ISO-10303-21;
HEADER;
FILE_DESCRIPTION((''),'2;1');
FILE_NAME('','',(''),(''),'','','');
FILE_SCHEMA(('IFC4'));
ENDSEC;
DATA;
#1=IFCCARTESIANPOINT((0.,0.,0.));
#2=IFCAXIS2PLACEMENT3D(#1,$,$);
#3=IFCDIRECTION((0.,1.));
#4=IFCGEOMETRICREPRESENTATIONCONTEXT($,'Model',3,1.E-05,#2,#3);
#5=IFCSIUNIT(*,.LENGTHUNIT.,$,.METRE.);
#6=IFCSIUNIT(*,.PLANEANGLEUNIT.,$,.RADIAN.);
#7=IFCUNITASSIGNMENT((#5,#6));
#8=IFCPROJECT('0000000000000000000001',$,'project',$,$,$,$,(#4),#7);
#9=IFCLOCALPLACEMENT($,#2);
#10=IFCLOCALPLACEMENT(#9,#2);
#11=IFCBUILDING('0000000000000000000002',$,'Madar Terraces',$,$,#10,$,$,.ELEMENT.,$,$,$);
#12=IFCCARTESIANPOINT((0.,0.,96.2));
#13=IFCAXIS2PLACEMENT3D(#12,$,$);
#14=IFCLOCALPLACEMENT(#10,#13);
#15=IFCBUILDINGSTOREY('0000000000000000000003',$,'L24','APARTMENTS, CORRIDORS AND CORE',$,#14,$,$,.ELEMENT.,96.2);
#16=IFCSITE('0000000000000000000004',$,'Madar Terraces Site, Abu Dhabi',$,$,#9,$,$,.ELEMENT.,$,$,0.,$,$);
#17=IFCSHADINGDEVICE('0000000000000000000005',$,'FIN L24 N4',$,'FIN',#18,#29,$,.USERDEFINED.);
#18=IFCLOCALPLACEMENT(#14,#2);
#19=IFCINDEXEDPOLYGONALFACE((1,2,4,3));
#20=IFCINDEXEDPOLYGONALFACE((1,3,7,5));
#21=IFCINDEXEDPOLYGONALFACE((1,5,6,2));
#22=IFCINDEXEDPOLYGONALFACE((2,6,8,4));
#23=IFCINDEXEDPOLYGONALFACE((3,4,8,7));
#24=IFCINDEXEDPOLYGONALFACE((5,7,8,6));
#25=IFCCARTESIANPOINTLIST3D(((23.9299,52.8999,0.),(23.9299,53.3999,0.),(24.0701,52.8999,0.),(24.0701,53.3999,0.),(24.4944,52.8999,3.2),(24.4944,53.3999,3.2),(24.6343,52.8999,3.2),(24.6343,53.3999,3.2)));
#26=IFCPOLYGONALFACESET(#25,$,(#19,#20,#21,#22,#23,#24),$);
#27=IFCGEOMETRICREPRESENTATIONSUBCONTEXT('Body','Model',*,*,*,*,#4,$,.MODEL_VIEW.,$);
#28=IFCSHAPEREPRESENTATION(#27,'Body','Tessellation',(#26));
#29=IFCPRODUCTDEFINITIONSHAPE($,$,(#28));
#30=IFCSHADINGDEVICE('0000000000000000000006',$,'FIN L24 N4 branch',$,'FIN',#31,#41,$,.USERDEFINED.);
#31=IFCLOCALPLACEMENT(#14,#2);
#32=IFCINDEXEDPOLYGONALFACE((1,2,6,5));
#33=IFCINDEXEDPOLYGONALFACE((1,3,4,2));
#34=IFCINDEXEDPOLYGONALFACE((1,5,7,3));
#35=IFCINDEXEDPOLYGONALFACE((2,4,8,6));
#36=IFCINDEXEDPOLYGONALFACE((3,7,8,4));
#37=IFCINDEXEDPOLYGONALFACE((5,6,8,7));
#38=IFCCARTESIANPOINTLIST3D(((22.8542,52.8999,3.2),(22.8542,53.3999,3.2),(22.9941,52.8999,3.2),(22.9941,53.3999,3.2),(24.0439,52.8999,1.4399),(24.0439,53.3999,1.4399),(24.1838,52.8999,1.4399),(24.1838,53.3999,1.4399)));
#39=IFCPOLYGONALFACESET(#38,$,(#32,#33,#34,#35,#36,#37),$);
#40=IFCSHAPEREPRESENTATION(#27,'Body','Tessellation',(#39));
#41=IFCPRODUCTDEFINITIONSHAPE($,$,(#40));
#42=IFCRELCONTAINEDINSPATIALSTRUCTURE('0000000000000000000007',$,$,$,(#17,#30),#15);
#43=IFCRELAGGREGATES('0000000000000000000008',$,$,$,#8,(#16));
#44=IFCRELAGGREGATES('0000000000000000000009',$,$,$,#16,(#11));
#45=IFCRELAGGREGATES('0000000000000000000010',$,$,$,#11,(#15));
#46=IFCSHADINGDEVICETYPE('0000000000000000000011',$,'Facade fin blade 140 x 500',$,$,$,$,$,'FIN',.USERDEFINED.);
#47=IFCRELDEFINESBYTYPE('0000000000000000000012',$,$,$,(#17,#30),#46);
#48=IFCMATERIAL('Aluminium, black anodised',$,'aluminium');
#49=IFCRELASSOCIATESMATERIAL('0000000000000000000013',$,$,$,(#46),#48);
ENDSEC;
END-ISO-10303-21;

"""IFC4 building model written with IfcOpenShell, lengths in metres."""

from ifc_helpers import new_model, si_unit, direction, frame, origin, place, context, subcontext, project, spatial, polyline, outline, extrude, material, type_object, element, save


model = new_model("IFC4")

# Units and contexts
model_context = context("Model", 3, precision=1e-05, world=origin(), true_north=direction((0.0, 1.0)))
body_context = subcontext(model_context, "Body", "Model", "MODEL_VIEW")
ifc_project = project(units=[si_unit("LENGTHUNIT", "METRE"), si_unit("PLANEANGLEUNIT", "RADIAN")], contexts=[model_context])

# Site, building, storey
site_placement = place(None, origin())
site = spatial("IfcSite", under=ifc_project, at=site_placement, Name="Madar Terraces Site, Abu Dhabi", CompositionType="ELEMENT", RefElevation=0.0)
building_placement = place(site_placement, origin())
building = spatial("IfcBuilding", under=site, at=building_placement, Name="Madar Terraces", CompositionType="ELEMENT")
storey_placement = place(building_placement, frame((0.0, 0.0, 96.2)))
storey = spatial("IfcBuildingStorey", under=building, at=storey_placement, Name="L24", Description="APARTMENTS, CORRIDORS AND CORE", CompositionType="ELEMENT", Elevation=96.2)

# Shading devices
ifc_material_1 = material(Name="Aluminium, black anodised", Category="aluminium")
shading_device_type = type_object("IfcShadingDeviceType", Name="Facade fin blade 140 x 500", ElementType="FIN", PredefinedType="USERDEFINED", material=ifc_material_1)
shading_device_1_placement = place(storey_placement, frame((24.0701, 53.1499, 0.0), z_axis=(0.0, 0.0, 1.0), x_axis=(-1.0, 0.0, 0.0)))
element("IfcShadingDevice", 1, at=shading_device_1_placement, inside=storey, type_object=shading_device_type, Name="FIN L24 N4", ObjectType="FIN", PredefinedType="USERDEFINED", context=body_context, shape_type="SweptSolid", body=[
    extrude(outline(polyline([(0.0, 0.0), (0.1401, 0.0), (-0.4243, 3.2), (-0.5642, 3.2), (0.0, 0.0)])), frame((0.0, 0.25, 0.0), z_axis=(0.0, -1.0, 0.0), x_axis=(1.0, 0.0, 0.0)), (0.0, 0.0, 1.0), 0.5),
])
shading_device_2_placement = place(storey_placement, frame((24.1838, 53.1499, 1.4399), z_axis=(0.0, 0.0, 1.0), x_axis=(-1.0, 0.0, 0.0)))
element("IfcShadingDevice", 2, at=shading_device_2_placement, inside=storey, type_object=shading_device_type, Name="FIN L24 N4 branch", ObjectType="FIN", PredefinedType="USERDEFINED", context=body_context, shape_type="SweptSolid", body=[
    extrude(outline(polyline([(0.0, 0.0), (0.1399, 0.0), (1.3296, 1.76), (1.1897, 1.76), (0.0, 0.0)])), frame((0.0, 0.25, 0.0), z_axis=(0.0, -1.0, 0.0), x_axis=(1.0, 0.0, 0.0)), (0.0, 0.0, 1.0), 0.5),
])

save(model, "model.ifc")
